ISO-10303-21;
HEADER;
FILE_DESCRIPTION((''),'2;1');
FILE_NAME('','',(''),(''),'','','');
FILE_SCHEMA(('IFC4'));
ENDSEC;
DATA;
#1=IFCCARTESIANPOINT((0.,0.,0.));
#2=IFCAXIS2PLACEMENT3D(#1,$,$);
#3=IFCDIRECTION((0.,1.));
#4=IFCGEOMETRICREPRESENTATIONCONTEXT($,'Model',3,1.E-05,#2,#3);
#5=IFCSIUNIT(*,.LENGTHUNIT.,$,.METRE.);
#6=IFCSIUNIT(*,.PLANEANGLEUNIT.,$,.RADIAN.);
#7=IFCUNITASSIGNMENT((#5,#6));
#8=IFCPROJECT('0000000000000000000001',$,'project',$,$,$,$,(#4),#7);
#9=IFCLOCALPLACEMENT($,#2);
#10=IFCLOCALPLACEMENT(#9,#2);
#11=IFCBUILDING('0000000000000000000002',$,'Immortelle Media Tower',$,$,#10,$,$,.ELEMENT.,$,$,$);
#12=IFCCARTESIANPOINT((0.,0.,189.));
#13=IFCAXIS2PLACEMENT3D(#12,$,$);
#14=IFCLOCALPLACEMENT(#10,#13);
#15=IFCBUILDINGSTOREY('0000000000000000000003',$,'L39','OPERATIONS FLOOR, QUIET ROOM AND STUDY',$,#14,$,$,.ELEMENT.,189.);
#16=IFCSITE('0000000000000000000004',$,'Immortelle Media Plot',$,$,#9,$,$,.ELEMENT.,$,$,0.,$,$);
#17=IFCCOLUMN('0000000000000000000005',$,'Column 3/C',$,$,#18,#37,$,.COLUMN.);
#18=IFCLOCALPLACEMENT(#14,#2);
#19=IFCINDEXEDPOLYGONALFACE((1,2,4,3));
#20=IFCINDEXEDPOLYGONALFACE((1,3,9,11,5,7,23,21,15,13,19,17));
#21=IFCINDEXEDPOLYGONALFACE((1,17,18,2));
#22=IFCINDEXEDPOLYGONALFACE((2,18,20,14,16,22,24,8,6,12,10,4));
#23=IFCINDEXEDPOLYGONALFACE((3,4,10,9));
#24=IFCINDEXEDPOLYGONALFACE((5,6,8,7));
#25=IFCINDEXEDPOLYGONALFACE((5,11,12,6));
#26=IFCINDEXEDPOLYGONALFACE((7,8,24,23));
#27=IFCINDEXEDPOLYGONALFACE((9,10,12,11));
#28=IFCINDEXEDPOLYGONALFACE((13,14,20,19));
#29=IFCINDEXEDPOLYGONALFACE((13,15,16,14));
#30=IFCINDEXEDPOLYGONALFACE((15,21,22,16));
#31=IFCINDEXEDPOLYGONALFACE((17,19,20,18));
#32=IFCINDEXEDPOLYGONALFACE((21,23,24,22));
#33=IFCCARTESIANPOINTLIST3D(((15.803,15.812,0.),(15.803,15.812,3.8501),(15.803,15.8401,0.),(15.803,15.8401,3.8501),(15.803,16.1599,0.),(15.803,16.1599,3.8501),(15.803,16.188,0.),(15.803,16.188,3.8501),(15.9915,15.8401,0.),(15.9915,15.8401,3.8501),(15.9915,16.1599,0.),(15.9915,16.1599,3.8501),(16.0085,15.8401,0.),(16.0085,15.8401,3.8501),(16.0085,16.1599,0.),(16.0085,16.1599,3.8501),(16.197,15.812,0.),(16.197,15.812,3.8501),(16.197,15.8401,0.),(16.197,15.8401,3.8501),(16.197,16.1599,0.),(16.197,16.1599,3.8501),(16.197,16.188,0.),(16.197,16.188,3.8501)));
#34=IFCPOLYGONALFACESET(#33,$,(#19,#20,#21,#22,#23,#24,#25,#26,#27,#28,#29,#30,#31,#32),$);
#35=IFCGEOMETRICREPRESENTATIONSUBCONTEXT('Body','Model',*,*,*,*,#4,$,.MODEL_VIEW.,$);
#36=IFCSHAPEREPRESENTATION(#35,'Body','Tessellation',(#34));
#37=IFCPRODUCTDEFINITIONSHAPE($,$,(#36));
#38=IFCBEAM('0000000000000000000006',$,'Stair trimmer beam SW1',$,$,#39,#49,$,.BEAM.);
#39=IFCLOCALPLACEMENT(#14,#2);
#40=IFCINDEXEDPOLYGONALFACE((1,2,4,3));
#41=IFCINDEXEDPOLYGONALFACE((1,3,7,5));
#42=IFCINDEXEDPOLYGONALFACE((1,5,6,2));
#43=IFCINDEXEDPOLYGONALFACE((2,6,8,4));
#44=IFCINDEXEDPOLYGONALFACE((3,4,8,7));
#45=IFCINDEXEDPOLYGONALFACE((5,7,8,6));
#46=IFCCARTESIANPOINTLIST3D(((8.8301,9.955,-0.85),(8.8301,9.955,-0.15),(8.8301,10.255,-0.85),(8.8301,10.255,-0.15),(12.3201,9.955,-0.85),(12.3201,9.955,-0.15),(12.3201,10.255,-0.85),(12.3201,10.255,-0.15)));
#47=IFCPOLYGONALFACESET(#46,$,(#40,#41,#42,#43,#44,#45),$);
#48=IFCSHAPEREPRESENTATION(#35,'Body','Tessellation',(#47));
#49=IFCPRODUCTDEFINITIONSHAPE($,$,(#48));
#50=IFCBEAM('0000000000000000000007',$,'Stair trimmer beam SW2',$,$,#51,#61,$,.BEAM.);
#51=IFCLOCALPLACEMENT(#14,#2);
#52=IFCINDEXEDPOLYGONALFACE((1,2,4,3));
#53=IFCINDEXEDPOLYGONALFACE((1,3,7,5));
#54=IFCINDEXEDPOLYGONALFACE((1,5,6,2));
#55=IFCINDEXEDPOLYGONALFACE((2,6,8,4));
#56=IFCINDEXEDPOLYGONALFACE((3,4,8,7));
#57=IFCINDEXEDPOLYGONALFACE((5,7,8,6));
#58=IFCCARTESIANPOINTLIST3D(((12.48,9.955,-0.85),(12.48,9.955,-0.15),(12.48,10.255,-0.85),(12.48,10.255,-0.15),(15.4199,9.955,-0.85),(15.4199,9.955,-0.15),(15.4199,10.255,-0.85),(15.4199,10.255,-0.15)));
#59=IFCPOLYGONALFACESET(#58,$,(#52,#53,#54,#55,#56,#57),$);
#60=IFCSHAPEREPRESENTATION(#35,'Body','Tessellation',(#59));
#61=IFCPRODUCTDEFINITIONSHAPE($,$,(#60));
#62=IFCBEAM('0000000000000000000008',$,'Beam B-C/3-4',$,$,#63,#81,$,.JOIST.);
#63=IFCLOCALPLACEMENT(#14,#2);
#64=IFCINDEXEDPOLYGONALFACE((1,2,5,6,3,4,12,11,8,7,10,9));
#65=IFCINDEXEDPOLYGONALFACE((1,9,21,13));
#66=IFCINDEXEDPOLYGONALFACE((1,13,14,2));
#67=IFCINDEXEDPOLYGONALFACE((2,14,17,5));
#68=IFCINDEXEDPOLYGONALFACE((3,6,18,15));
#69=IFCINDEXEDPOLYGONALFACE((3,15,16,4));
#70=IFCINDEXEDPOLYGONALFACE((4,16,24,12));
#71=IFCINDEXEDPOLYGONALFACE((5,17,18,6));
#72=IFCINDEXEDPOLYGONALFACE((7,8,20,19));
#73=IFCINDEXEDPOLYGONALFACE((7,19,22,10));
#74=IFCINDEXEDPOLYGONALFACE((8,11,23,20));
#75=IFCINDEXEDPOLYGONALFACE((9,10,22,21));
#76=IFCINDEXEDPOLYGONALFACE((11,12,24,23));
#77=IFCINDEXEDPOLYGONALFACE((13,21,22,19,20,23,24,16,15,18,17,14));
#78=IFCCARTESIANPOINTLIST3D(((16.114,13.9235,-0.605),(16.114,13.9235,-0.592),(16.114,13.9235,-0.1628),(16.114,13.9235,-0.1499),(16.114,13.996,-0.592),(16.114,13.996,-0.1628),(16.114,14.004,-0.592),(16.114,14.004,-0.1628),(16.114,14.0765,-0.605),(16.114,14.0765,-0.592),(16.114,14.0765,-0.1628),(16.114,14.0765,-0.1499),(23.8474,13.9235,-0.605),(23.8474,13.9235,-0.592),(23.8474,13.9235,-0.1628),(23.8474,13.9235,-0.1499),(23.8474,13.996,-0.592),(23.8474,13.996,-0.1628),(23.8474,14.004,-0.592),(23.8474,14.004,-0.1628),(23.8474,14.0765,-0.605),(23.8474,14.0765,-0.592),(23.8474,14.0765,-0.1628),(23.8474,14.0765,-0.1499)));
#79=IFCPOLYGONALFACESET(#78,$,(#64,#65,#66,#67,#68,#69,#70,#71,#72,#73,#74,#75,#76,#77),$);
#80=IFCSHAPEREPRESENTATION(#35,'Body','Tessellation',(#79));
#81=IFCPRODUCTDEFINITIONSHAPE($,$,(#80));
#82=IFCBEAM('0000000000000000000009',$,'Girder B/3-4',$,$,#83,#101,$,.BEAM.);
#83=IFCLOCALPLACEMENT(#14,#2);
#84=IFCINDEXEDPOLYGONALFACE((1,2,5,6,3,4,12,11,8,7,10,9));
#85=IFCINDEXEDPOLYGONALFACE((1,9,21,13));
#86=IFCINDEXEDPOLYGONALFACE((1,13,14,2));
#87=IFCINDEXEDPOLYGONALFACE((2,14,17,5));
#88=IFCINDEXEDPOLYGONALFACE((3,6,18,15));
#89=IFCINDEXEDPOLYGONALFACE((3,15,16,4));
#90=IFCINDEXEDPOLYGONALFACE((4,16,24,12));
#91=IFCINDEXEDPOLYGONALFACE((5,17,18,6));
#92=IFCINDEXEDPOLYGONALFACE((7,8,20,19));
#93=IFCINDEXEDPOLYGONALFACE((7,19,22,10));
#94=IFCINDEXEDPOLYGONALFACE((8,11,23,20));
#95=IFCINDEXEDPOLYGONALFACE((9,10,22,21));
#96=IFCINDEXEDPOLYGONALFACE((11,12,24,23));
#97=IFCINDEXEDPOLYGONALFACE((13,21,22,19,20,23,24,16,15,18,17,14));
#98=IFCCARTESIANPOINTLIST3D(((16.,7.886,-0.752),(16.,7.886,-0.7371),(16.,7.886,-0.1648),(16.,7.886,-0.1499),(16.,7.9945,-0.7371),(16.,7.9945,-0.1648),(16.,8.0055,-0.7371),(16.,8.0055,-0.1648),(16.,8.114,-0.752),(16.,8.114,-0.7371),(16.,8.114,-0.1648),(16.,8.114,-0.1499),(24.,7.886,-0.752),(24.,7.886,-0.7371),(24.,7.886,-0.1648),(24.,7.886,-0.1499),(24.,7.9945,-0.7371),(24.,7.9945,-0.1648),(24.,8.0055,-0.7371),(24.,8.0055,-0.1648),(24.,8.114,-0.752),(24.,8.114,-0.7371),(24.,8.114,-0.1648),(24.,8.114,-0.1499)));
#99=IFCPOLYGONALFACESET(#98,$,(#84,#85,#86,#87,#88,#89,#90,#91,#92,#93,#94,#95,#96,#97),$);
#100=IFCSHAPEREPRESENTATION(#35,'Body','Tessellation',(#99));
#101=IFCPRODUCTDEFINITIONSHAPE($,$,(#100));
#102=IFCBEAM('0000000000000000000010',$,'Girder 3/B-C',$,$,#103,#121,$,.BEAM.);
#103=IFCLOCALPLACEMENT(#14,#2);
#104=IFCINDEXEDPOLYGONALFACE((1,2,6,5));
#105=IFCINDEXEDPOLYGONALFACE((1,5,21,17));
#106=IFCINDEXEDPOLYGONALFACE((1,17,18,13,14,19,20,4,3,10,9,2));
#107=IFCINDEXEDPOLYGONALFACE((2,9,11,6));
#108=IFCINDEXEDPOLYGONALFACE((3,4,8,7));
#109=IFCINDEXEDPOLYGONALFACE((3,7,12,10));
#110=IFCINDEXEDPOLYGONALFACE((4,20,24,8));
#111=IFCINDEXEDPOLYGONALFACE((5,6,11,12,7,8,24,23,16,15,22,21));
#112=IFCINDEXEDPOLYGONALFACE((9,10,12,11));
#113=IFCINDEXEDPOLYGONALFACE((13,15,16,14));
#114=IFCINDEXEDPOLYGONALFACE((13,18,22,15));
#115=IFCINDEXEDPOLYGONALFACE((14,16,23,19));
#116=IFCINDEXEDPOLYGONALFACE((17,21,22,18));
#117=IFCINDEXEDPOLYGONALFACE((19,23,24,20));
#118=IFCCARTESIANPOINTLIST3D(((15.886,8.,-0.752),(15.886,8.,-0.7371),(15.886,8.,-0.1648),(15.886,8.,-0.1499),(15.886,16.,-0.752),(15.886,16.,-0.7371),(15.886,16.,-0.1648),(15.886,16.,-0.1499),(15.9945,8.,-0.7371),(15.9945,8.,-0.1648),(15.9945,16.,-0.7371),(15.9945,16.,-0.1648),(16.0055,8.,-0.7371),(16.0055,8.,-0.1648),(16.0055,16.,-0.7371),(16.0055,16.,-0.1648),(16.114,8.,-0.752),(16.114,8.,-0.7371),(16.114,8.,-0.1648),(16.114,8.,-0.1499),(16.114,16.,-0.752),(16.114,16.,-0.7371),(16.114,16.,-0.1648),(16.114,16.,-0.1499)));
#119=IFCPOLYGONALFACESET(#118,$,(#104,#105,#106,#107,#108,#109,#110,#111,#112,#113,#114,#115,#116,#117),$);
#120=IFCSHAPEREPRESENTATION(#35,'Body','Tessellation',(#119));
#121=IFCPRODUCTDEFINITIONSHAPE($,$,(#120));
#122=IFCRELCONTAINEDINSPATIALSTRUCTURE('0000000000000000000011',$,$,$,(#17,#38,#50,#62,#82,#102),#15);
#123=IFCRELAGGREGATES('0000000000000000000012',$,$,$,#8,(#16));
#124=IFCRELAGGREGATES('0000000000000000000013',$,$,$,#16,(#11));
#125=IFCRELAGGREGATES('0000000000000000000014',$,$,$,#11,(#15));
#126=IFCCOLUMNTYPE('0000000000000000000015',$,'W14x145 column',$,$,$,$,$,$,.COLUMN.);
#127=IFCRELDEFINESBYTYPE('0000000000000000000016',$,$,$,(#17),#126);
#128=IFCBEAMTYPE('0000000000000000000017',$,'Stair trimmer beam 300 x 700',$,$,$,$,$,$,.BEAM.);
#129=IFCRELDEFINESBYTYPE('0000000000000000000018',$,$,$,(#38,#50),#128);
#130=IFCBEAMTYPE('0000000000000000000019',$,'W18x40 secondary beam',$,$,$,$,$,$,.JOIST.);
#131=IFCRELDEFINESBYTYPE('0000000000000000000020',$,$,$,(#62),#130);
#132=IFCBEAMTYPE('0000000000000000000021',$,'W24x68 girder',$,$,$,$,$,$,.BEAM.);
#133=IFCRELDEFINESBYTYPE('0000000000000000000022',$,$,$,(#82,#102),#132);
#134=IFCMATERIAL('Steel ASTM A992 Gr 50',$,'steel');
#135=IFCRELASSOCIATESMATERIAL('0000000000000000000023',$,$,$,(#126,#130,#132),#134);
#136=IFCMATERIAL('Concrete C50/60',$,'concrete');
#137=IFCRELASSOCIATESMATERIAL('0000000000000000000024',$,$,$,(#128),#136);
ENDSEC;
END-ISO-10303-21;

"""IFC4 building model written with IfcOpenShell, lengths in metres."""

from ifc_helpers import new_model, si_unit, direction, frame, origin, origin_2d, place, context, subcontext, project, spatial, rectangle, i_section, extrude, material, material_profile, profile_set, type_object, element, save


model = new_model("IFC4")

# Units and contexts
model_context = context("Model", 3, precision=1e-05, world=origin(), true_north=direction((0.0, 1.0)))
body_context = subcontext(model_context, "Body", "Model", "MODEL_VIEW")
ifc_project = project(units=[si_unit("LENGTHUNIT", "METRE"), si_unit("PLANEANGLEUNIT", "RADIAN")], contexts=[model_context])

# Site, building, storey
site_placement = place(None, origin())
site = spatial("IfcSite", under=ifc_project, at=site_placement, Name="Immortelle Media Plot", CompositionType="ELEMENT", RefElevation=0.0)
building_placement = place(site_placement, origin())
building = spatial("IfcBuilding", under=site, at=building_placement, Name="Immortelle Media Tower", CompositionType="ELEMENT")
storey_placement = place(building_placement, frame((0.0, 0.0, 189.0)))
storey = spatial("IfcBuildingStorey", under=building, at=storey_placement, Name="L39", Description="OPERATIONS FLOOR, QUIET ROOM AND STUDY", CompositionType="ELEMENT", Elevation=189.0)

# Column
ifc_material_1 = material(Name="Steel ASTM A992 Gr 50", Category="steel")
ifc_material_profile_1 = material_profile(ifc_material_1, i_section(OverallWidth=0.394, OverallDepth=0.376, WebThickness=0.0171, FlangeThickness=0.0281, at=origin_2d()), Name="W14x145")
ifc_profile_set_1 = profile_set([ifc_material_profile_1], Name="Steel ASTM A992 Gr 50")
column_type = type_object("IfcColumnType", Name="W14x145 column", PredefinedType="COLUMN", material=ifc_profile_set_1)
column_placement = place(storey_placement, frame((16.0, 16.0, 0.0), z_axis=(0.0, 0.0, 1.0), x_axis=(1.0, 0.0, 0.0)))
element("IfcColumn", 1, at=column_placement, inside=storey, type_object=column_type, Name="Column 3/C", PredefinedType="COLUMN", context=body_context, shape_type="SweptSolid", body=[
    extrude(i_section(OverallWidth=0.394, OverallDepth=0.376, WebThickness=0.0171, FlangeThickness=0.0281, at=origin_2d()), origin(), (0.0, 0.0, 1.0), 3.8501),
])

# Beams
ifc_material_2 = material(Name="Concrete C50/60", Category="concrete")
ifc_material_profile_2 = material_profile(ifc_material_2, rectangle(XDim=0.3, YDim=0.7, at=origin_2d()), Name="RC 300x700")
ifc_profile_set_2 = profile_set([ifc_material_profile_2], Name="Concrete C50/60")
beam_type_1 = type_object("IfcBeamType", Name="Stair trimmer beam 300 x 700", PredefinedType="BEAM", material=ifc_profile_set_2)
beam_1_placement = place(storey_placement, frame((8.8301, 10.105, -0.5), z_axis=(1.0, 0.0, 0.0), x_axis=(0.0, 1.0, 0.0)))
element("IfcBeam", 2, at=beam_1_placement, inside=storey, type_object=beam_type_1, Name="Stair trimmer beam SW1", PredefinedType="BEAM", context=body_context, shape_type="SweptSolid", body=[
    extrude(rectangle(XDim=0.3, YDim=0.7, at=origin_2d()), origin(), (0.0, 0.0, 1.0), 3.49),
])
beam_2_placement = place(storey_placement, frame((12.48, 10.105, -0.5), z_axis=(1.0, 0.0, 0.0), x_axis=(0.0, 1.0, 0.0)))
element("IfcBeam", 3, at=beam_2_placement, inside=storey, type_object=beam_type_1, Name="Stair trimmer beam SW2", PredefinedType="BEAM", context=body_context, shape_type="SweptSolid", body=[
    extrude(rectangle(XDim=0.3, YDim=0.7, at=origin_2d()), origin(), (0.0, 0.0, 1.0), 2.9399),
])
ifc_material_profile_3 = material_profile(ifc_material_1, i_section(OverallWidth=0.1531, OverallDepth=0.4551, WebThickness=0.0081, FlangeThickness=0.0129, at=origin_2d()), Name="W18x40")
ifc_profile_set_3 = profile_set([ifc_material_profile_3], Name="Steel ASTM A992 Gr 50")
beam_type_2 = type_object("IfcBeamType", Name="W18x40 secondary beam", PredefinedType="JOIST", material=ifc_profile_set_3)
beam_3_placement = place(storey_placement, frame((16.114, 14.0, -0.3774), z_axis=(1.0, 0.0, 0.0), x_axis=(0.0, 1.0, 0.0)))
element("IfcBeam", 4, at=beam_3_placement, inside=storey, type_object=beam_type_2, Name="Beam B-C/3-4", PredefinedType="JOIST", context=body_context, shape_type="SweptSolid", body=[
    extrude(i_section(OverallWidth=0.1531, OverallDepth=0.4551, WebThickness=0.0081, FlangeThickness=0.0129, at=origin_2d()), origin(), (0.0, 0.0, 1.0), 7.7334),
])
ifc_material_profile_4 = material_profile(ifc_material_1, i_section(OverallWidth=0.228, OverallDepth=0.6021, WebThickness=0.011, FlangeThickness=0.0149, at=origin_2d()), Name="W24x68")
ifc_profile_set_4 = profile_set([ifc_material_profile_4], Name="Steel ASTM A992 Gr 50")
beam_type_3 = type_object("IfcBeamType", Name="W24x68 girder", PredefinedType="BEAM", material=ifc_profile_set_4)
for number, where, z_axis, x_axis, name in (
    (5, (16.0, 8.0, -0.4509), (1.0, 0.0, 0.0), (0.0, 1.0, 0.0), "Girder B/3-4"),
    (6, (16.0, 8.0, -0.4509), (0.0, 1.0, 0.0), (-1.0, 0.0, 0.0), "Girder 3/B-C"),
):
    element("IfcBeam", number, at=place(storey_placement, frame(where, z_axis=z_axis, x_axis=x_axis)), inside=storey, type_object=beam_type_3, Name=name, PredefinedType="BEAM", context=body_context, shape_type="SweptSolid", body=[
        extrude(i_section(OverallWidth=0.228, OverallDepth=0.6021, WebThickness=0.011, FlangeThickness=0.0149, at=origin_2d()), origin(), (0.0, 0.0, 1.0), 8.0),
    ])

save(model, "model.ifc")
